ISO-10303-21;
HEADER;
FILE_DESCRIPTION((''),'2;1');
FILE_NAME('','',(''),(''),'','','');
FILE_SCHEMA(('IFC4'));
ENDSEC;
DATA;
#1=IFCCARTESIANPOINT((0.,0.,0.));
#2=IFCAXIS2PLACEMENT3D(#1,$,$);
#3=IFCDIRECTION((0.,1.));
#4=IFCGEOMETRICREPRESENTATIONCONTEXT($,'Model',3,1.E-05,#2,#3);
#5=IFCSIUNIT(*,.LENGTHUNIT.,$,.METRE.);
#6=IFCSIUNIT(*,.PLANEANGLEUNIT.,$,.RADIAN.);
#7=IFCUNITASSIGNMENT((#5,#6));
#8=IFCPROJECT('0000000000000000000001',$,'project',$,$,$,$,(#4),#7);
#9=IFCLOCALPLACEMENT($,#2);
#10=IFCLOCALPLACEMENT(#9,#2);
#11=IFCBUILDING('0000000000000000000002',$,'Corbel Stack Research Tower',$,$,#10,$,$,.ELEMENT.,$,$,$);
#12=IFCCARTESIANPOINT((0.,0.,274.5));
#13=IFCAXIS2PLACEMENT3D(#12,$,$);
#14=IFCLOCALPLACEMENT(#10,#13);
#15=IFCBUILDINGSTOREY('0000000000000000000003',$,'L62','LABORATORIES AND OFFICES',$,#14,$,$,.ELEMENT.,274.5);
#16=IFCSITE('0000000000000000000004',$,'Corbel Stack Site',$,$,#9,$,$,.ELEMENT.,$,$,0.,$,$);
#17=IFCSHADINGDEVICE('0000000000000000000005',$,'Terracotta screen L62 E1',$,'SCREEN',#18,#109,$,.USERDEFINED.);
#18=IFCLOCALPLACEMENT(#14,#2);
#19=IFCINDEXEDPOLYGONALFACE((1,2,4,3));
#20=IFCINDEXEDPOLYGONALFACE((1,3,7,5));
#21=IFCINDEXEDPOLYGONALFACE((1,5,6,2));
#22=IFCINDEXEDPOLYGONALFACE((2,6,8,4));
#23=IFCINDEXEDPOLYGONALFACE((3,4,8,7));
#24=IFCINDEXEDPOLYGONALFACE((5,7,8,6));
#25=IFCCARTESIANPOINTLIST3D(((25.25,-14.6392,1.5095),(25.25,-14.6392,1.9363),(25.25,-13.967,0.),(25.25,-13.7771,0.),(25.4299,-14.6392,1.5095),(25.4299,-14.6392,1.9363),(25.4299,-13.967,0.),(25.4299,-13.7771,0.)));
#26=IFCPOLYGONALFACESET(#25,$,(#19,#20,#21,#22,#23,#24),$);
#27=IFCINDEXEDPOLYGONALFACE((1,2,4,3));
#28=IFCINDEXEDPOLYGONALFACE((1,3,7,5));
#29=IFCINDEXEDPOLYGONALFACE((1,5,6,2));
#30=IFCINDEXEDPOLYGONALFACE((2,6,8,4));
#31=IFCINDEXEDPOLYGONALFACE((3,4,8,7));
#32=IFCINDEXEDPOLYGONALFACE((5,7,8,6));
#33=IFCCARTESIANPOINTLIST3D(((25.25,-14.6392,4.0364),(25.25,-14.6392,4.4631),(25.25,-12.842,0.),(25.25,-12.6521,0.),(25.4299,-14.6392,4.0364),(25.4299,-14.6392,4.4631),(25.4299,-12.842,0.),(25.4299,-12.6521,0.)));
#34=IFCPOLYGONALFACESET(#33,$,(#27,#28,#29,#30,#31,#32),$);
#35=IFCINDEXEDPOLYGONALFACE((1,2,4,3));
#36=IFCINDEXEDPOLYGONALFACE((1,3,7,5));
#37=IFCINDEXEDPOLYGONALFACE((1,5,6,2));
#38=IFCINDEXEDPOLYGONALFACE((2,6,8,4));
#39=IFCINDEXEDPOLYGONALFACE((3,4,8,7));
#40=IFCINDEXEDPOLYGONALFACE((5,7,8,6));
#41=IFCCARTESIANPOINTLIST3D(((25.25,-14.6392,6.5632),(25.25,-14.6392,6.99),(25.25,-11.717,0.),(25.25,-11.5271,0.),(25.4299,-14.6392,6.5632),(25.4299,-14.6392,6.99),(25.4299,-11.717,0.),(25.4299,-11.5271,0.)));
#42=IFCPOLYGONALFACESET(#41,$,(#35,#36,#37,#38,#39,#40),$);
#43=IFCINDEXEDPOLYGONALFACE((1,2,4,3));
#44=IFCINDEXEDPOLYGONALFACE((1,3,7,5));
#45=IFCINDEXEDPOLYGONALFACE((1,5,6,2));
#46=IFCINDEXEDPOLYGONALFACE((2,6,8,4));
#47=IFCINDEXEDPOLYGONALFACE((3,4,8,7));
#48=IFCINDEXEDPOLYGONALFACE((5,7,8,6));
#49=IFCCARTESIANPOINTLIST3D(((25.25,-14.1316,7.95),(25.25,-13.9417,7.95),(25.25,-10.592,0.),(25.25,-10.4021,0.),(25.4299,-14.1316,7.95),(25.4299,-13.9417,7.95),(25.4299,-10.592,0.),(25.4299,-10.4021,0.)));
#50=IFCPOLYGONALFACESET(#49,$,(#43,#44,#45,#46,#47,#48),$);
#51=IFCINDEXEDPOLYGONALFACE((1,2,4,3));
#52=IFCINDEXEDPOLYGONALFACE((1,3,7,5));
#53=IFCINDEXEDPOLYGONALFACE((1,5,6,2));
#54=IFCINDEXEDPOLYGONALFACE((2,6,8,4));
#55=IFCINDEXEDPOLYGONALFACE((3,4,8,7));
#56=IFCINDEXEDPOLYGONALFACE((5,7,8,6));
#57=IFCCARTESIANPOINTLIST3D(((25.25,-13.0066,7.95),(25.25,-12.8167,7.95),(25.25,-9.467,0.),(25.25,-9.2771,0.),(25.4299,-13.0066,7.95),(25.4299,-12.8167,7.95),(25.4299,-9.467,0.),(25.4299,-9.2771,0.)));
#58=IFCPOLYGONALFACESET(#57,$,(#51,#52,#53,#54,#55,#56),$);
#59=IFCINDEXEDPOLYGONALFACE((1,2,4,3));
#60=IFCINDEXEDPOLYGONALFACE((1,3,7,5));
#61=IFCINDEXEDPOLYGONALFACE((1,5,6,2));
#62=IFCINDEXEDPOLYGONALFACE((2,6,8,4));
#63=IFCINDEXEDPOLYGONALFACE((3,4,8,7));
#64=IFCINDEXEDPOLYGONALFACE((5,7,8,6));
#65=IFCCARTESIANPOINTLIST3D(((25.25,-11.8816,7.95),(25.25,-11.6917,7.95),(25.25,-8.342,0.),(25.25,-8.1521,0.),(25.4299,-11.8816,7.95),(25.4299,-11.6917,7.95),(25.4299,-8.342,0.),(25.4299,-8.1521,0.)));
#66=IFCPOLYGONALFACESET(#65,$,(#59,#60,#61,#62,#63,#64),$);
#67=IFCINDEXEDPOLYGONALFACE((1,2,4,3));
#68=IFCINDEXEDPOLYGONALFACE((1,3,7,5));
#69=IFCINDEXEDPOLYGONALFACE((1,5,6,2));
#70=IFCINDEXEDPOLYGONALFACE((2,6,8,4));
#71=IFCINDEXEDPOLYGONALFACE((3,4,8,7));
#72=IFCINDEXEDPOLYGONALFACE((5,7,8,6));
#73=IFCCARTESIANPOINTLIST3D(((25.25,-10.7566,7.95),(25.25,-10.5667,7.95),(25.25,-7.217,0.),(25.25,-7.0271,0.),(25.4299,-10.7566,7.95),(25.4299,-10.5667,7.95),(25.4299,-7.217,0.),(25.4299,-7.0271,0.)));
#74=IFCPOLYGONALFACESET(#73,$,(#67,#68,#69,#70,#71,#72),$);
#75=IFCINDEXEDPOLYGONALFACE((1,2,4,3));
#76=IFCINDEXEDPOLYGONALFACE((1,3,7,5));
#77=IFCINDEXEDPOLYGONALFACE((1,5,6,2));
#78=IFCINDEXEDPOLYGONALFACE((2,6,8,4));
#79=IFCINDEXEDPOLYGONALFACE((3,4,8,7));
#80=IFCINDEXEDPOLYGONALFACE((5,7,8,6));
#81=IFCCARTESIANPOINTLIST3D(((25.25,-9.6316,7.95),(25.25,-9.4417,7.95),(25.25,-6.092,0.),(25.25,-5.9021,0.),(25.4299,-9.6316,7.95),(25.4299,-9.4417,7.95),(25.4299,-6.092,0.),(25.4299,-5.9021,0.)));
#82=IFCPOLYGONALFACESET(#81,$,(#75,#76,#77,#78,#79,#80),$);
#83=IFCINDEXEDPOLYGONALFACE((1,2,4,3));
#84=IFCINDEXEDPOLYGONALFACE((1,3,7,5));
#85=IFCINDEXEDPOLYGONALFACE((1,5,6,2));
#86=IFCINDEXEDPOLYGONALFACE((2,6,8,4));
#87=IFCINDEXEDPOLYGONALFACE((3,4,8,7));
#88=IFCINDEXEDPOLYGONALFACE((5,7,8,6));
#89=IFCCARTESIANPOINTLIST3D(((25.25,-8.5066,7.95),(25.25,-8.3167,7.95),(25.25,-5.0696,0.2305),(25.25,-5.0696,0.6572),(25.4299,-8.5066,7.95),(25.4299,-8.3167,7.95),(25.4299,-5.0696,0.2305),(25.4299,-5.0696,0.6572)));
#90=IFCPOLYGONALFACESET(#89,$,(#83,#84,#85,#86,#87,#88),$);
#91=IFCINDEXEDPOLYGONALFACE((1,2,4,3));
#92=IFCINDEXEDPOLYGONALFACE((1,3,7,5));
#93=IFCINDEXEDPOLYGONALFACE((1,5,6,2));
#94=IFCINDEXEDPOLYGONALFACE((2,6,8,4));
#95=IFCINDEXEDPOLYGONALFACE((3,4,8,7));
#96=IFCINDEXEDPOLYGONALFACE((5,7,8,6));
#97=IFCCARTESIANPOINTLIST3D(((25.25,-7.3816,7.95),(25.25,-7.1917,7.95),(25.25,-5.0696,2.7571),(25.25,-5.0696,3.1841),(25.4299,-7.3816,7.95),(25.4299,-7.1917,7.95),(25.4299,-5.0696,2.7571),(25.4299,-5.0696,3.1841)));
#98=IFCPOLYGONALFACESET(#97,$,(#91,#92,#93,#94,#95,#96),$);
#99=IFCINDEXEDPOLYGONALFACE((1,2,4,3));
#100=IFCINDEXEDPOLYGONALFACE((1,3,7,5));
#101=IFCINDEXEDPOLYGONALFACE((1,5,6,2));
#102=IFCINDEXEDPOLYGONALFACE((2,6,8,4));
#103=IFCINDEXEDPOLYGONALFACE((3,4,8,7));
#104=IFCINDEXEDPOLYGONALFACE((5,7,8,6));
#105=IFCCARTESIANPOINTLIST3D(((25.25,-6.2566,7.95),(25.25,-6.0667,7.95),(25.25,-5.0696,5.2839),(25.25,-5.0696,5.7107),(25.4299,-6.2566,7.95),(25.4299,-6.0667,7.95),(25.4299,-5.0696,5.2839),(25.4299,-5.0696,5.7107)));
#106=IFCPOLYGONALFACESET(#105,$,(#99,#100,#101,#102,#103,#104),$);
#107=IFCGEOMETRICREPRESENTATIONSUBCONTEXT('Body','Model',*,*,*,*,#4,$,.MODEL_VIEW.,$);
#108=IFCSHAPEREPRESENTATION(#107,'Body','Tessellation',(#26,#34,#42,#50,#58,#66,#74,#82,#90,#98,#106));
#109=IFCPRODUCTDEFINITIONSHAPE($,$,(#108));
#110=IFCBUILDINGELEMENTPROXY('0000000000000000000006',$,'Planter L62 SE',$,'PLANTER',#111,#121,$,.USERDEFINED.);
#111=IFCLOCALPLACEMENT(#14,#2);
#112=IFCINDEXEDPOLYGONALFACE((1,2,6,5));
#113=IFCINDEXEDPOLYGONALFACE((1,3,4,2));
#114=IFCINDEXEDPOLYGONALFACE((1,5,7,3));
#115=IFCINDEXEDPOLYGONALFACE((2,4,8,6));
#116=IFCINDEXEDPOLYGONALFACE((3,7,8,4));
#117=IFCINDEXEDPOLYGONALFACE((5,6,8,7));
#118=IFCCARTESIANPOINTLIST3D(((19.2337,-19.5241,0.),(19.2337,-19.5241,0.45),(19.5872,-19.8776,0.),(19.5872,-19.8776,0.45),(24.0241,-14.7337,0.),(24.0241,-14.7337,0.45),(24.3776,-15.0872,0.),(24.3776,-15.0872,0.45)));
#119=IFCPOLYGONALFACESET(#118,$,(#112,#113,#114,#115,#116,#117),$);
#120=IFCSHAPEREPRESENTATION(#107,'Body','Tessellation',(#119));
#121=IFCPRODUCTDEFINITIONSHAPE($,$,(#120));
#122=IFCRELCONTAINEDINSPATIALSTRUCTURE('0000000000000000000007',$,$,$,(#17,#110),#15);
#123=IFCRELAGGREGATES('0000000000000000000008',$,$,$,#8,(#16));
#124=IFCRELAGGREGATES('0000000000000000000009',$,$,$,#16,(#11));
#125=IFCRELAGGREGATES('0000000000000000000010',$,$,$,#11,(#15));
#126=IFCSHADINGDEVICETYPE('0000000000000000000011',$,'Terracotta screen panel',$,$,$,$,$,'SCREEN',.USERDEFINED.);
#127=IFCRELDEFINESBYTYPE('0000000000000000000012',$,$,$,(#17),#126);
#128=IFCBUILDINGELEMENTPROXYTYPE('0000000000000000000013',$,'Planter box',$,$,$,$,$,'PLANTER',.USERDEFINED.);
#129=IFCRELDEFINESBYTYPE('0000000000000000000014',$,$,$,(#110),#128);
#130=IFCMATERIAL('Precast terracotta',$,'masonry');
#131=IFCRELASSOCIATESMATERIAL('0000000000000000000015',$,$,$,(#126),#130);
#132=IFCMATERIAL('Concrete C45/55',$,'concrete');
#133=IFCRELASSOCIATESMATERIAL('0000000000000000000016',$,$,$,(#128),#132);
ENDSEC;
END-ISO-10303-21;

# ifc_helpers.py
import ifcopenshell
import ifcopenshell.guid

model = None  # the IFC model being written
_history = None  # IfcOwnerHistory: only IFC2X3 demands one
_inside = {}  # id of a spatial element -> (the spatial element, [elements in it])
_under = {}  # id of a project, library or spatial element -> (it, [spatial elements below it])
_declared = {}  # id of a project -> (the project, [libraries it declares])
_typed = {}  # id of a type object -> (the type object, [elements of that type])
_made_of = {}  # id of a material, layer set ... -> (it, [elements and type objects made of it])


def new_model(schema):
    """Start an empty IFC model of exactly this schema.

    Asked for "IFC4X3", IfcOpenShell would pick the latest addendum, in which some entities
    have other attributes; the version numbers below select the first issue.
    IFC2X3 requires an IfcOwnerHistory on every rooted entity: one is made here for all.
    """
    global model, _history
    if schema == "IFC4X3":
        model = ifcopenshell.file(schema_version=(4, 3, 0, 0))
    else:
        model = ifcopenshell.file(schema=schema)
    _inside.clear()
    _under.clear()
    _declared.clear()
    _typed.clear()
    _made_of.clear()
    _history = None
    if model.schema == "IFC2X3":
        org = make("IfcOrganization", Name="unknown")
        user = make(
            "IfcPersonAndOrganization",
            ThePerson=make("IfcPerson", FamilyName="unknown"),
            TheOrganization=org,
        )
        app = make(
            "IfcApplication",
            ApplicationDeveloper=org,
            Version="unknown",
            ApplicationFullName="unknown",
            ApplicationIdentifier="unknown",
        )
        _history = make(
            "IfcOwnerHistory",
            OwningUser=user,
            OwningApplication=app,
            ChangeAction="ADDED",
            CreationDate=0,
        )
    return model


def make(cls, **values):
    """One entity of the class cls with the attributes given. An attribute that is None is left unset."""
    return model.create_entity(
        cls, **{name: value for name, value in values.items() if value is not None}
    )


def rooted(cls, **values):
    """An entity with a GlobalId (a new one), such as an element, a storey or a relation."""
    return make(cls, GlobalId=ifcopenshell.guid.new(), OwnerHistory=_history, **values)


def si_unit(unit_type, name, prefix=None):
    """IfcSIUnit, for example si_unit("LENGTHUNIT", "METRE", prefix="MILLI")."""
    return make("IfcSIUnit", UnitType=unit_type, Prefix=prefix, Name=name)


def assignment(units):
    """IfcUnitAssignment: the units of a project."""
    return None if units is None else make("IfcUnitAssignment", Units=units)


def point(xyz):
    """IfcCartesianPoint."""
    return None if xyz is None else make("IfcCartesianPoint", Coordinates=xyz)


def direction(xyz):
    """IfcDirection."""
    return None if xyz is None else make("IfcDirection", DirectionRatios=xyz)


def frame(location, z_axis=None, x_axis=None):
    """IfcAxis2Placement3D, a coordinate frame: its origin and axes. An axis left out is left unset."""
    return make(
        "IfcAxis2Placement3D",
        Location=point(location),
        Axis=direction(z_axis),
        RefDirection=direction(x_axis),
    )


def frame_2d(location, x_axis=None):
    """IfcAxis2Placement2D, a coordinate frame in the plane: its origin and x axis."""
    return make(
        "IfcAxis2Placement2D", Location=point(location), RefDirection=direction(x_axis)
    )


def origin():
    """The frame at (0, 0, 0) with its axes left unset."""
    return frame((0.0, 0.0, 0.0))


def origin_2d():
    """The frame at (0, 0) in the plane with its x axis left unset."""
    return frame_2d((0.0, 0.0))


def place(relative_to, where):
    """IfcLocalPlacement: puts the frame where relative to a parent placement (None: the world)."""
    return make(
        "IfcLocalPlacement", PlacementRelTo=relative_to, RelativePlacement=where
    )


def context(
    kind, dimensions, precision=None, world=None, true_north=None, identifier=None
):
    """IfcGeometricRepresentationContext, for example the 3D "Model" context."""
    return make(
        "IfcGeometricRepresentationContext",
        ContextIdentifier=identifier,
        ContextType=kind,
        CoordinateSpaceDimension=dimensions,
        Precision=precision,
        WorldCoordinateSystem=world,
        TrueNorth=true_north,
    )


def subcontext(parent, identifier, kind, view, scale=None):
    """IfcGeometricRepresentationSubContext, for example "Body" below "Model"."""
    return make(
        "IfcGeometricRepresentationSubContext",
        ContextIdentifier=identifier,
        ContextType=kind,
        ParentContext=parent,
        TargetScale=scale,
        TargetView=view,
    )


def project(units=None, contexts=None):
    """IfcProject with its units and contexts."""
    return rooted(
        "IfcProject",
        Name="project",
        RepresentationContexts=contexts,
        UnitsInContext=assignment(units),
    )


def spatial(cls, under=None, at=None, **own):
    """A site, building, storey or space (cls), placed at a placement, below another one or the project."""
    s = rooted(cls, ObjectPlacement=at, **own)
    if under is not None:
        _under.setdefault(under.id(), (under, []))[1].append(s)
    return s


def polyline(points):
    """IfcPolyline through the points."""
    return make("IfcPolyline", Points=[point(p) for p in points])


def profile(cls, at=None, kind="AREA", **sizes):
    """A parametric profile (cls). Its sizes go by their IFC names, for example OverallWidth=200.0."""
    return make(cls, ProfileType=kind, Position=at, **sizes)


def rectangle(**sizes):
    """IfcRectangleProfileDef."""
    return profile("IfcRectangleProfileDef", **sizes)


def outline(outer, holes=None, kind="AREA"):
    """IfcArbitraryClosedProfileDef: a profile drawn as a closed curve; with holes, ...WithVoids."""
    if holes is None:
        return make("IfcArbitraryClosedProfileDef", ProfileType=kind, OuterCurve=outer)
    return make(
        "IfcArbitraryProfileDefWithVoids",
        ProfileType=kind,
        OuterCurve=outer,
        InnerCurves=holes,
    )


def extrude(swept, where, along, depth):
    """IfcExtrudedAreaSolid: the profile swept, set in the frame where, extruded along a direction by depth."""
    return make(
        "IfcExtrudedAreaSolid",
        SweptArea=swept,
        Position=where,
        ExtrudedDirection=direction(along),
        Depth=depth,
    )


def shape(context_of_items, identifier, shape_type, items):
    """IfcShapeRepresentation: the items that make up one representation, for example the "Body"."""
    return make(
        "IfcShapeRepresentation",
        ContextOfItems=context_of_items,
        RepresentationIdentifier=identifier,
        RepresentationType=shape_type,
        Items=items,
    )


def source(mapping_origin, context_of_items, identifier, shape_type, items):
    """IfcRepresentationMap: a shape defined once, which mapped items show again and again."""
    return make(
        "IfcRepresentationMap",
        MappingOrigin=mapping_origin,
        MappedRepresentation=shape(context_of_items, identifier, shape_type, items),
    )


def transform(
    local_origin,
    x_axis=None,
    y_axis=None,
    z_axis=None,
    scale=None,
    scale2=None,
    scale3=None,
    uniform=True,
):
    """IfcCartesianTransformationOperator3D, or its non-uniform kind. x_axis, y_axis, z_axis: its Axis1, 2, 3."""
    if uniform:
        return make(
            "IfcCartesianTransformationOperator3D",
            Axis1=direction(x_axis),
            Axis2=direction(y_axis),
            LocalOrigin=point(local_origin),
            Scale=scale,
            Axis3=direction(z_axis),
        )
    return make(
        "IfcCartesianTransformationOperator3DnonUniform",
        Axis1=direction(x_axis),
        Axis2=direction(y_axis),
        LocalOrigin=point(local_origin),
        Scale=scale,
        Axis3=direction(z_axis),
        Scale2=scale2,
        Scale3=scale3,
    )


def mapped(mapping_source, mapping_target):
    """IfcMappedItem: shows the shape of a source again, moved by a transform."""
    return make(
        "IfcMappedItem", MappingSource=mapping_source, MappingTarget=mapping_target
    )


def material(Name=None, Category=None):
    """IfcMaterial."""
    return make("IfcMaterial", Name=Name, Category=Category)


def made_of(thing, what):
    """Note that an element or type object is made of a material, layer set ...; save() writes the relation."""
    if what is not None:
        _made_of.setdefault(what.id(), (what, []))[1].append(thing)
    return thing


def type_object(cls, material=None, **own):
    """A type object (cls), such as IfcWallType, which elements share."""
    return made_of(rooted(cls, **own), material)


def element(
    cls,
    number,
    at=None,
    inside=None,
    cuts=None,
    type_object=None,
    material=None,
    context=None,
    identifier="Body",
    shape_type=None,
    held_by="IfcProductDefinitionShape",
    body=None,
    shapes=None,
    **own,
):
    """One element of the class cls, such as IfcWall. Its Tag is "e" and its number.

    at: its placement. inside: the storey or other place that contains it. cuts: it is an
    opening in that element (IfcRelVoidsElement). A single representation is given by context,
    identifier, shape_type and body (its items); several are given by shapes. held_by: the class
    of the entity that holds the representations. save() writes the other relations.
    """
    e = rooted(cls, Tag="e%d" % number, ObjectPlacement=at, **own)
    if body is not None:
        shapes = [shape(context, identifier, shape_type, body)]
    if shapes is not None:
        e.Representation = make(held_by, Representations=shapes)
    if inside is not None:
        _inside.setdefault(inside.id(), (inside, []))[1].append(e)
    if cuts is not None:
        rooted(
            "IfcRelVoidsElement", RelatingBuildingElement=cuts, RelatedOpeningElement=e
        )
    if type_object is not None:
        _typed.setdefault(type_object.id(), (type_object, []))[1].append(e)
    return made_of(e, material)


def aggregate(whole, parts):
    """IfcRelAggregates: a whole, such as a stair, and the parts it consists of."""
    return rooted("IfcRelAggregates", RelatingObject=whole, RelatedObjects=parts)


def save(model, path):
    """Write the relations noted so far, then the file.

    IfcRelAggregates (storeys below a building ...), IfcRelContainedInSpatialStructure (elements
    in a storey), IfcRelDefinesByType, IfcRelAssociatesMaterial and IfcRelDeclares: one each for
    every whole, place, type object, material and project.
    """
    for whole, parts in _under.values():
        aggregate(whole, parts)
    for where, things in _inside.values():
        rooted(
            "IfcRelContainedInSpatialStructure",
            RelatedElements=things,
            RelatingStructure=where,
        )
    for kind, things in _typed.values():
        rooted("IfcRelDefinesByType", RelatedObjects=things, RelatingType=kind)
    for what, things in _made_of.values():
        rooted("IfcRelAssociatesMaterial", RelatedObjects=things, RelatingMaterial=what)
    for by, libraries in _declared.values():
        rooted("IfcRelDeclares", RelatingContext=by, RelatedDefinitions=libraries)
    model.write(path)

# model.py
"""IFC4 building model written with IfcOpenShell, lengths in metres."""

from ifc_helpers import new_model, si_unit, direction, frame, origin, origin_2d, place, context, subcontext, project, spatial, polyline, rectangle, outline, extrude, source, transform, mapped, material, type_object, element, save


model = new_model("IFC4")

# Units and contexts
model_context = context("Model", 3, precision=1e-05, world=origin(), true_north=direction((0.0, 1.0)))
body_context = subcontext(model_context, "Body", "Model", "MODEL_VIEW")
ifc_project = project(units=[si_unit("LENGTHUNIT", "METRE"), si_unit("PLANEANGLEUNIT", "RADIAN")], contexts=[model_context])

# Site, building, storey
site_placement = place(None, origin())
site = spatial("IfcSite", under=ifc_project, at=site_placement, Name="Corbel Stack Site", CompositionType="ELEMENT", RefElevation=0.0)
building_placement = place(site_placement, origin())
building = spatial("IfcBuilding", under=site, at=building_placement, Name="Corbel Stack Research Tower", CompositionType="ELEMENT")
storey_placement = place(building_placement, frame((0.0, 0.0, 274.5)))
storey = spatial("IfcBuildingStorey", under=building, at=storey_placement, Name="L62", Description="LABORATORIES AND OFFICES", CompositionType="ELEMENT", Elevation=274.5)

# Shading device
ifc_material_1 = material(Name="Precast terracotta", Category="masonry")
shading_device_type = type_object("IfcShadingDeviceType", Name="Terracotta screen panel", ElementType="SCREEN", PredefinedType="USERDEFINED", material=ifc_material_1)
shared_shape_1 = source(origin(), body_context, "Body", "SweptSolid", [
    extrude(outline(polyline([(0.8621, 0.0), (0.0, 1.9363), (0.0, 1.5095), (0.6721, 0.0), (0.8621, 0.0)])), frame((0.0, 0.0, 0.0), z_axis=(0.0, -1.0, 0.0), x_axis=(1.0, 0.0, 0.0)), (0.0, 0.0, 1.0), 0.1799),
    extrude(outline(polyline([(1.9871, 0.0), (0.0, 4.4631), (0.0, 4.0364), (1.7971, 0.0), (1.9871, 0.0)])), frame((0.0, 0.0, 0.0), z_axis=(0.0, -1.0, 0.0), x_axis=(1.0, 0.0, 0.0)), (0.0, 0.0, 1.0), 0.1799),
    extrude(outline(polyline([(3.1121, 0.0), (0.0, 6.99), (0.0, 6.5632), (2.9221, 0.0), (3.1121, 0.0)])), frame((0.0, 0.0, 0.0), z_axis=(0.0, -1.0, 0.0), x_axis=(1.0, 0.0, 0.0)), (0.0, 0.0, 1.0), 0.1799),
    extrude(outline(polyline([(4.2371, 0.0), (0.6975, 7.95), (0.5076, 7.95), (4.0471, 0.0), (4.2371, 0.0)])), frame((0.0, 0.0, 0.0), z_axis=(0.0, -1.0, 0.0), x_axis=(1.0, 0.0, 0.0)), (0.0, 0.0, 1.0), 0.1799),
    extrude(outline(polyline([(5.3621, 0.0), (1.8225, 7.95), (1.6326, 7.95), (5.1721, 0.0), (5.3621, 0.0)])), frame((0.0, 0.0, 0.0), z_axis=(0.0, -1.0, 0.0), x_axis=(1.0, 0.0, 0.0)), (0.0, 0.0, 1.0), 0.1799),
    extrude(outline(polyline([(6.4871, 0.0), (2.9475, 7.95), (2.7576, 7.95), (6.2971, 0.0), (6.4871, 0.0)])), frame((0.0, 0.0, 0.0), z_axis=(0.0, -1.0, 0.0), x_axis=(1.0, 0.0, 0.0)), (0.0, 0.0, 1.0), 0.1799),
    extrude(outline(polyline([(7.6121, 0.0), (4.0725, 7.95), (3.8826, 7.95), (7.4221, 0.0), (7.6121, 0.0)])), frame((0.0, 0.0, 0.0), z_axis=(0.0, -1.0, 0.0), x_axis=(1.0, 0.0, 0.0)), (0.0, 0.0, 1.0), 0.1799),
    extrude(outline(polyline([(8.7371, 0.0), (5.1975, 7.95), (5.0076, 7.95), (8.5471, 0.0), (8.7371, 0.0)])), frame((0.0, 0.0, 0.0), z_axis=(0.0, -1.0, 0.0), x_axis=(1.0, 0.0, 0.0)), (0.0, 0.0, 1.0), 0.1799),
    extrude(outline(polyline([(6.3225, 7.95), (6.1326, 7.95), (9.5696, 0.2305), (9.5696, 0.6572), (6.3225, 7.95)])), frame((0.0, 0.0, 0.0), z_axis=(0.0, -1.0, 0.0), x_axis=(1.0, 0.0, 0.0)), (0.0, 0.0, 1.0), 0.1799),
    extrude(outline(polyline([(7.4475, 7.95), (7.2576, 7.95), (9.5696, 2.7571), (9.5696, 3.1841), (7.4475, 7.95)])), frame((0.0, 0.0, 0.0), z_axis=(0.0, -1.0, 0.0), x_axis=(1.0, 0.0, 0.0)), (0.0, 0.0, 1.0), 0.1799),
    extrude(outline(polyline([(8.5725, 7.95), (8.3826, 7.95), (9.5696, 5.2839), (9.5696, 5.7107), (8.5725, 7.95)])), frame((0.0, 0.0, 0.0), z_axis=(0.0, -1.0, 0.0), x_axis=(1.0, 0.0, 0.0)), (0.0, 0.0, 1.0), 0.1799),
])
shading_device_1_placement = place(storey_placement, frame((25.25, -14.6392, 0.0), z_axis=(0.0, 0.0, 1.0), x_axis=(0.0, 1.0, 0.0)))
element("IfcShadingDevice", 1, at=shading_device_1_placement, inside=storey, type_object=shading_device_type, Name="Terracotta screen L62 E1", ObjectType="SCREEN", PredefinedType="USERDEFINED", context=body_context, shape_type="MappedRepresentation", body=[
    mapped(shared_shape_1, transform((0.0, 0.0, 0.0))),
])

# Building element proxy
ifc_material_2 = material(Name="Concrete C45/55", Category="concrete")
building_element_proxy_type = type_object("IfcBuildingElementProxyType", Name="Planter box", ElementType="PLANTER", PredefinedType="USERDEFINED", material=ifc_material_2)
proxy_placement = place(storey_placement, frame((21.8057, -17.3057, 0.0), z_axis=(0.0, 0.0, 1.0), x_axis=(0.707107, 0.707107, 0.0)))
element("IfcBuildingElementProxy", 2, at=proxy_placement, inside=storey, type_object=building_element_proxy_type, Name="Planter L62 SE", ObjectType="PLANTER", PredefinedType="USERDEFINED", context=body_context, shape_type="SweptSolid", body=[
    extrude(rectangle(XDim=6.7747, YDim=0.5, at=origin_2d()), origin(), (0.0, 0.0, 1.0), 0.45),
])

save(model, "model.ifc")
